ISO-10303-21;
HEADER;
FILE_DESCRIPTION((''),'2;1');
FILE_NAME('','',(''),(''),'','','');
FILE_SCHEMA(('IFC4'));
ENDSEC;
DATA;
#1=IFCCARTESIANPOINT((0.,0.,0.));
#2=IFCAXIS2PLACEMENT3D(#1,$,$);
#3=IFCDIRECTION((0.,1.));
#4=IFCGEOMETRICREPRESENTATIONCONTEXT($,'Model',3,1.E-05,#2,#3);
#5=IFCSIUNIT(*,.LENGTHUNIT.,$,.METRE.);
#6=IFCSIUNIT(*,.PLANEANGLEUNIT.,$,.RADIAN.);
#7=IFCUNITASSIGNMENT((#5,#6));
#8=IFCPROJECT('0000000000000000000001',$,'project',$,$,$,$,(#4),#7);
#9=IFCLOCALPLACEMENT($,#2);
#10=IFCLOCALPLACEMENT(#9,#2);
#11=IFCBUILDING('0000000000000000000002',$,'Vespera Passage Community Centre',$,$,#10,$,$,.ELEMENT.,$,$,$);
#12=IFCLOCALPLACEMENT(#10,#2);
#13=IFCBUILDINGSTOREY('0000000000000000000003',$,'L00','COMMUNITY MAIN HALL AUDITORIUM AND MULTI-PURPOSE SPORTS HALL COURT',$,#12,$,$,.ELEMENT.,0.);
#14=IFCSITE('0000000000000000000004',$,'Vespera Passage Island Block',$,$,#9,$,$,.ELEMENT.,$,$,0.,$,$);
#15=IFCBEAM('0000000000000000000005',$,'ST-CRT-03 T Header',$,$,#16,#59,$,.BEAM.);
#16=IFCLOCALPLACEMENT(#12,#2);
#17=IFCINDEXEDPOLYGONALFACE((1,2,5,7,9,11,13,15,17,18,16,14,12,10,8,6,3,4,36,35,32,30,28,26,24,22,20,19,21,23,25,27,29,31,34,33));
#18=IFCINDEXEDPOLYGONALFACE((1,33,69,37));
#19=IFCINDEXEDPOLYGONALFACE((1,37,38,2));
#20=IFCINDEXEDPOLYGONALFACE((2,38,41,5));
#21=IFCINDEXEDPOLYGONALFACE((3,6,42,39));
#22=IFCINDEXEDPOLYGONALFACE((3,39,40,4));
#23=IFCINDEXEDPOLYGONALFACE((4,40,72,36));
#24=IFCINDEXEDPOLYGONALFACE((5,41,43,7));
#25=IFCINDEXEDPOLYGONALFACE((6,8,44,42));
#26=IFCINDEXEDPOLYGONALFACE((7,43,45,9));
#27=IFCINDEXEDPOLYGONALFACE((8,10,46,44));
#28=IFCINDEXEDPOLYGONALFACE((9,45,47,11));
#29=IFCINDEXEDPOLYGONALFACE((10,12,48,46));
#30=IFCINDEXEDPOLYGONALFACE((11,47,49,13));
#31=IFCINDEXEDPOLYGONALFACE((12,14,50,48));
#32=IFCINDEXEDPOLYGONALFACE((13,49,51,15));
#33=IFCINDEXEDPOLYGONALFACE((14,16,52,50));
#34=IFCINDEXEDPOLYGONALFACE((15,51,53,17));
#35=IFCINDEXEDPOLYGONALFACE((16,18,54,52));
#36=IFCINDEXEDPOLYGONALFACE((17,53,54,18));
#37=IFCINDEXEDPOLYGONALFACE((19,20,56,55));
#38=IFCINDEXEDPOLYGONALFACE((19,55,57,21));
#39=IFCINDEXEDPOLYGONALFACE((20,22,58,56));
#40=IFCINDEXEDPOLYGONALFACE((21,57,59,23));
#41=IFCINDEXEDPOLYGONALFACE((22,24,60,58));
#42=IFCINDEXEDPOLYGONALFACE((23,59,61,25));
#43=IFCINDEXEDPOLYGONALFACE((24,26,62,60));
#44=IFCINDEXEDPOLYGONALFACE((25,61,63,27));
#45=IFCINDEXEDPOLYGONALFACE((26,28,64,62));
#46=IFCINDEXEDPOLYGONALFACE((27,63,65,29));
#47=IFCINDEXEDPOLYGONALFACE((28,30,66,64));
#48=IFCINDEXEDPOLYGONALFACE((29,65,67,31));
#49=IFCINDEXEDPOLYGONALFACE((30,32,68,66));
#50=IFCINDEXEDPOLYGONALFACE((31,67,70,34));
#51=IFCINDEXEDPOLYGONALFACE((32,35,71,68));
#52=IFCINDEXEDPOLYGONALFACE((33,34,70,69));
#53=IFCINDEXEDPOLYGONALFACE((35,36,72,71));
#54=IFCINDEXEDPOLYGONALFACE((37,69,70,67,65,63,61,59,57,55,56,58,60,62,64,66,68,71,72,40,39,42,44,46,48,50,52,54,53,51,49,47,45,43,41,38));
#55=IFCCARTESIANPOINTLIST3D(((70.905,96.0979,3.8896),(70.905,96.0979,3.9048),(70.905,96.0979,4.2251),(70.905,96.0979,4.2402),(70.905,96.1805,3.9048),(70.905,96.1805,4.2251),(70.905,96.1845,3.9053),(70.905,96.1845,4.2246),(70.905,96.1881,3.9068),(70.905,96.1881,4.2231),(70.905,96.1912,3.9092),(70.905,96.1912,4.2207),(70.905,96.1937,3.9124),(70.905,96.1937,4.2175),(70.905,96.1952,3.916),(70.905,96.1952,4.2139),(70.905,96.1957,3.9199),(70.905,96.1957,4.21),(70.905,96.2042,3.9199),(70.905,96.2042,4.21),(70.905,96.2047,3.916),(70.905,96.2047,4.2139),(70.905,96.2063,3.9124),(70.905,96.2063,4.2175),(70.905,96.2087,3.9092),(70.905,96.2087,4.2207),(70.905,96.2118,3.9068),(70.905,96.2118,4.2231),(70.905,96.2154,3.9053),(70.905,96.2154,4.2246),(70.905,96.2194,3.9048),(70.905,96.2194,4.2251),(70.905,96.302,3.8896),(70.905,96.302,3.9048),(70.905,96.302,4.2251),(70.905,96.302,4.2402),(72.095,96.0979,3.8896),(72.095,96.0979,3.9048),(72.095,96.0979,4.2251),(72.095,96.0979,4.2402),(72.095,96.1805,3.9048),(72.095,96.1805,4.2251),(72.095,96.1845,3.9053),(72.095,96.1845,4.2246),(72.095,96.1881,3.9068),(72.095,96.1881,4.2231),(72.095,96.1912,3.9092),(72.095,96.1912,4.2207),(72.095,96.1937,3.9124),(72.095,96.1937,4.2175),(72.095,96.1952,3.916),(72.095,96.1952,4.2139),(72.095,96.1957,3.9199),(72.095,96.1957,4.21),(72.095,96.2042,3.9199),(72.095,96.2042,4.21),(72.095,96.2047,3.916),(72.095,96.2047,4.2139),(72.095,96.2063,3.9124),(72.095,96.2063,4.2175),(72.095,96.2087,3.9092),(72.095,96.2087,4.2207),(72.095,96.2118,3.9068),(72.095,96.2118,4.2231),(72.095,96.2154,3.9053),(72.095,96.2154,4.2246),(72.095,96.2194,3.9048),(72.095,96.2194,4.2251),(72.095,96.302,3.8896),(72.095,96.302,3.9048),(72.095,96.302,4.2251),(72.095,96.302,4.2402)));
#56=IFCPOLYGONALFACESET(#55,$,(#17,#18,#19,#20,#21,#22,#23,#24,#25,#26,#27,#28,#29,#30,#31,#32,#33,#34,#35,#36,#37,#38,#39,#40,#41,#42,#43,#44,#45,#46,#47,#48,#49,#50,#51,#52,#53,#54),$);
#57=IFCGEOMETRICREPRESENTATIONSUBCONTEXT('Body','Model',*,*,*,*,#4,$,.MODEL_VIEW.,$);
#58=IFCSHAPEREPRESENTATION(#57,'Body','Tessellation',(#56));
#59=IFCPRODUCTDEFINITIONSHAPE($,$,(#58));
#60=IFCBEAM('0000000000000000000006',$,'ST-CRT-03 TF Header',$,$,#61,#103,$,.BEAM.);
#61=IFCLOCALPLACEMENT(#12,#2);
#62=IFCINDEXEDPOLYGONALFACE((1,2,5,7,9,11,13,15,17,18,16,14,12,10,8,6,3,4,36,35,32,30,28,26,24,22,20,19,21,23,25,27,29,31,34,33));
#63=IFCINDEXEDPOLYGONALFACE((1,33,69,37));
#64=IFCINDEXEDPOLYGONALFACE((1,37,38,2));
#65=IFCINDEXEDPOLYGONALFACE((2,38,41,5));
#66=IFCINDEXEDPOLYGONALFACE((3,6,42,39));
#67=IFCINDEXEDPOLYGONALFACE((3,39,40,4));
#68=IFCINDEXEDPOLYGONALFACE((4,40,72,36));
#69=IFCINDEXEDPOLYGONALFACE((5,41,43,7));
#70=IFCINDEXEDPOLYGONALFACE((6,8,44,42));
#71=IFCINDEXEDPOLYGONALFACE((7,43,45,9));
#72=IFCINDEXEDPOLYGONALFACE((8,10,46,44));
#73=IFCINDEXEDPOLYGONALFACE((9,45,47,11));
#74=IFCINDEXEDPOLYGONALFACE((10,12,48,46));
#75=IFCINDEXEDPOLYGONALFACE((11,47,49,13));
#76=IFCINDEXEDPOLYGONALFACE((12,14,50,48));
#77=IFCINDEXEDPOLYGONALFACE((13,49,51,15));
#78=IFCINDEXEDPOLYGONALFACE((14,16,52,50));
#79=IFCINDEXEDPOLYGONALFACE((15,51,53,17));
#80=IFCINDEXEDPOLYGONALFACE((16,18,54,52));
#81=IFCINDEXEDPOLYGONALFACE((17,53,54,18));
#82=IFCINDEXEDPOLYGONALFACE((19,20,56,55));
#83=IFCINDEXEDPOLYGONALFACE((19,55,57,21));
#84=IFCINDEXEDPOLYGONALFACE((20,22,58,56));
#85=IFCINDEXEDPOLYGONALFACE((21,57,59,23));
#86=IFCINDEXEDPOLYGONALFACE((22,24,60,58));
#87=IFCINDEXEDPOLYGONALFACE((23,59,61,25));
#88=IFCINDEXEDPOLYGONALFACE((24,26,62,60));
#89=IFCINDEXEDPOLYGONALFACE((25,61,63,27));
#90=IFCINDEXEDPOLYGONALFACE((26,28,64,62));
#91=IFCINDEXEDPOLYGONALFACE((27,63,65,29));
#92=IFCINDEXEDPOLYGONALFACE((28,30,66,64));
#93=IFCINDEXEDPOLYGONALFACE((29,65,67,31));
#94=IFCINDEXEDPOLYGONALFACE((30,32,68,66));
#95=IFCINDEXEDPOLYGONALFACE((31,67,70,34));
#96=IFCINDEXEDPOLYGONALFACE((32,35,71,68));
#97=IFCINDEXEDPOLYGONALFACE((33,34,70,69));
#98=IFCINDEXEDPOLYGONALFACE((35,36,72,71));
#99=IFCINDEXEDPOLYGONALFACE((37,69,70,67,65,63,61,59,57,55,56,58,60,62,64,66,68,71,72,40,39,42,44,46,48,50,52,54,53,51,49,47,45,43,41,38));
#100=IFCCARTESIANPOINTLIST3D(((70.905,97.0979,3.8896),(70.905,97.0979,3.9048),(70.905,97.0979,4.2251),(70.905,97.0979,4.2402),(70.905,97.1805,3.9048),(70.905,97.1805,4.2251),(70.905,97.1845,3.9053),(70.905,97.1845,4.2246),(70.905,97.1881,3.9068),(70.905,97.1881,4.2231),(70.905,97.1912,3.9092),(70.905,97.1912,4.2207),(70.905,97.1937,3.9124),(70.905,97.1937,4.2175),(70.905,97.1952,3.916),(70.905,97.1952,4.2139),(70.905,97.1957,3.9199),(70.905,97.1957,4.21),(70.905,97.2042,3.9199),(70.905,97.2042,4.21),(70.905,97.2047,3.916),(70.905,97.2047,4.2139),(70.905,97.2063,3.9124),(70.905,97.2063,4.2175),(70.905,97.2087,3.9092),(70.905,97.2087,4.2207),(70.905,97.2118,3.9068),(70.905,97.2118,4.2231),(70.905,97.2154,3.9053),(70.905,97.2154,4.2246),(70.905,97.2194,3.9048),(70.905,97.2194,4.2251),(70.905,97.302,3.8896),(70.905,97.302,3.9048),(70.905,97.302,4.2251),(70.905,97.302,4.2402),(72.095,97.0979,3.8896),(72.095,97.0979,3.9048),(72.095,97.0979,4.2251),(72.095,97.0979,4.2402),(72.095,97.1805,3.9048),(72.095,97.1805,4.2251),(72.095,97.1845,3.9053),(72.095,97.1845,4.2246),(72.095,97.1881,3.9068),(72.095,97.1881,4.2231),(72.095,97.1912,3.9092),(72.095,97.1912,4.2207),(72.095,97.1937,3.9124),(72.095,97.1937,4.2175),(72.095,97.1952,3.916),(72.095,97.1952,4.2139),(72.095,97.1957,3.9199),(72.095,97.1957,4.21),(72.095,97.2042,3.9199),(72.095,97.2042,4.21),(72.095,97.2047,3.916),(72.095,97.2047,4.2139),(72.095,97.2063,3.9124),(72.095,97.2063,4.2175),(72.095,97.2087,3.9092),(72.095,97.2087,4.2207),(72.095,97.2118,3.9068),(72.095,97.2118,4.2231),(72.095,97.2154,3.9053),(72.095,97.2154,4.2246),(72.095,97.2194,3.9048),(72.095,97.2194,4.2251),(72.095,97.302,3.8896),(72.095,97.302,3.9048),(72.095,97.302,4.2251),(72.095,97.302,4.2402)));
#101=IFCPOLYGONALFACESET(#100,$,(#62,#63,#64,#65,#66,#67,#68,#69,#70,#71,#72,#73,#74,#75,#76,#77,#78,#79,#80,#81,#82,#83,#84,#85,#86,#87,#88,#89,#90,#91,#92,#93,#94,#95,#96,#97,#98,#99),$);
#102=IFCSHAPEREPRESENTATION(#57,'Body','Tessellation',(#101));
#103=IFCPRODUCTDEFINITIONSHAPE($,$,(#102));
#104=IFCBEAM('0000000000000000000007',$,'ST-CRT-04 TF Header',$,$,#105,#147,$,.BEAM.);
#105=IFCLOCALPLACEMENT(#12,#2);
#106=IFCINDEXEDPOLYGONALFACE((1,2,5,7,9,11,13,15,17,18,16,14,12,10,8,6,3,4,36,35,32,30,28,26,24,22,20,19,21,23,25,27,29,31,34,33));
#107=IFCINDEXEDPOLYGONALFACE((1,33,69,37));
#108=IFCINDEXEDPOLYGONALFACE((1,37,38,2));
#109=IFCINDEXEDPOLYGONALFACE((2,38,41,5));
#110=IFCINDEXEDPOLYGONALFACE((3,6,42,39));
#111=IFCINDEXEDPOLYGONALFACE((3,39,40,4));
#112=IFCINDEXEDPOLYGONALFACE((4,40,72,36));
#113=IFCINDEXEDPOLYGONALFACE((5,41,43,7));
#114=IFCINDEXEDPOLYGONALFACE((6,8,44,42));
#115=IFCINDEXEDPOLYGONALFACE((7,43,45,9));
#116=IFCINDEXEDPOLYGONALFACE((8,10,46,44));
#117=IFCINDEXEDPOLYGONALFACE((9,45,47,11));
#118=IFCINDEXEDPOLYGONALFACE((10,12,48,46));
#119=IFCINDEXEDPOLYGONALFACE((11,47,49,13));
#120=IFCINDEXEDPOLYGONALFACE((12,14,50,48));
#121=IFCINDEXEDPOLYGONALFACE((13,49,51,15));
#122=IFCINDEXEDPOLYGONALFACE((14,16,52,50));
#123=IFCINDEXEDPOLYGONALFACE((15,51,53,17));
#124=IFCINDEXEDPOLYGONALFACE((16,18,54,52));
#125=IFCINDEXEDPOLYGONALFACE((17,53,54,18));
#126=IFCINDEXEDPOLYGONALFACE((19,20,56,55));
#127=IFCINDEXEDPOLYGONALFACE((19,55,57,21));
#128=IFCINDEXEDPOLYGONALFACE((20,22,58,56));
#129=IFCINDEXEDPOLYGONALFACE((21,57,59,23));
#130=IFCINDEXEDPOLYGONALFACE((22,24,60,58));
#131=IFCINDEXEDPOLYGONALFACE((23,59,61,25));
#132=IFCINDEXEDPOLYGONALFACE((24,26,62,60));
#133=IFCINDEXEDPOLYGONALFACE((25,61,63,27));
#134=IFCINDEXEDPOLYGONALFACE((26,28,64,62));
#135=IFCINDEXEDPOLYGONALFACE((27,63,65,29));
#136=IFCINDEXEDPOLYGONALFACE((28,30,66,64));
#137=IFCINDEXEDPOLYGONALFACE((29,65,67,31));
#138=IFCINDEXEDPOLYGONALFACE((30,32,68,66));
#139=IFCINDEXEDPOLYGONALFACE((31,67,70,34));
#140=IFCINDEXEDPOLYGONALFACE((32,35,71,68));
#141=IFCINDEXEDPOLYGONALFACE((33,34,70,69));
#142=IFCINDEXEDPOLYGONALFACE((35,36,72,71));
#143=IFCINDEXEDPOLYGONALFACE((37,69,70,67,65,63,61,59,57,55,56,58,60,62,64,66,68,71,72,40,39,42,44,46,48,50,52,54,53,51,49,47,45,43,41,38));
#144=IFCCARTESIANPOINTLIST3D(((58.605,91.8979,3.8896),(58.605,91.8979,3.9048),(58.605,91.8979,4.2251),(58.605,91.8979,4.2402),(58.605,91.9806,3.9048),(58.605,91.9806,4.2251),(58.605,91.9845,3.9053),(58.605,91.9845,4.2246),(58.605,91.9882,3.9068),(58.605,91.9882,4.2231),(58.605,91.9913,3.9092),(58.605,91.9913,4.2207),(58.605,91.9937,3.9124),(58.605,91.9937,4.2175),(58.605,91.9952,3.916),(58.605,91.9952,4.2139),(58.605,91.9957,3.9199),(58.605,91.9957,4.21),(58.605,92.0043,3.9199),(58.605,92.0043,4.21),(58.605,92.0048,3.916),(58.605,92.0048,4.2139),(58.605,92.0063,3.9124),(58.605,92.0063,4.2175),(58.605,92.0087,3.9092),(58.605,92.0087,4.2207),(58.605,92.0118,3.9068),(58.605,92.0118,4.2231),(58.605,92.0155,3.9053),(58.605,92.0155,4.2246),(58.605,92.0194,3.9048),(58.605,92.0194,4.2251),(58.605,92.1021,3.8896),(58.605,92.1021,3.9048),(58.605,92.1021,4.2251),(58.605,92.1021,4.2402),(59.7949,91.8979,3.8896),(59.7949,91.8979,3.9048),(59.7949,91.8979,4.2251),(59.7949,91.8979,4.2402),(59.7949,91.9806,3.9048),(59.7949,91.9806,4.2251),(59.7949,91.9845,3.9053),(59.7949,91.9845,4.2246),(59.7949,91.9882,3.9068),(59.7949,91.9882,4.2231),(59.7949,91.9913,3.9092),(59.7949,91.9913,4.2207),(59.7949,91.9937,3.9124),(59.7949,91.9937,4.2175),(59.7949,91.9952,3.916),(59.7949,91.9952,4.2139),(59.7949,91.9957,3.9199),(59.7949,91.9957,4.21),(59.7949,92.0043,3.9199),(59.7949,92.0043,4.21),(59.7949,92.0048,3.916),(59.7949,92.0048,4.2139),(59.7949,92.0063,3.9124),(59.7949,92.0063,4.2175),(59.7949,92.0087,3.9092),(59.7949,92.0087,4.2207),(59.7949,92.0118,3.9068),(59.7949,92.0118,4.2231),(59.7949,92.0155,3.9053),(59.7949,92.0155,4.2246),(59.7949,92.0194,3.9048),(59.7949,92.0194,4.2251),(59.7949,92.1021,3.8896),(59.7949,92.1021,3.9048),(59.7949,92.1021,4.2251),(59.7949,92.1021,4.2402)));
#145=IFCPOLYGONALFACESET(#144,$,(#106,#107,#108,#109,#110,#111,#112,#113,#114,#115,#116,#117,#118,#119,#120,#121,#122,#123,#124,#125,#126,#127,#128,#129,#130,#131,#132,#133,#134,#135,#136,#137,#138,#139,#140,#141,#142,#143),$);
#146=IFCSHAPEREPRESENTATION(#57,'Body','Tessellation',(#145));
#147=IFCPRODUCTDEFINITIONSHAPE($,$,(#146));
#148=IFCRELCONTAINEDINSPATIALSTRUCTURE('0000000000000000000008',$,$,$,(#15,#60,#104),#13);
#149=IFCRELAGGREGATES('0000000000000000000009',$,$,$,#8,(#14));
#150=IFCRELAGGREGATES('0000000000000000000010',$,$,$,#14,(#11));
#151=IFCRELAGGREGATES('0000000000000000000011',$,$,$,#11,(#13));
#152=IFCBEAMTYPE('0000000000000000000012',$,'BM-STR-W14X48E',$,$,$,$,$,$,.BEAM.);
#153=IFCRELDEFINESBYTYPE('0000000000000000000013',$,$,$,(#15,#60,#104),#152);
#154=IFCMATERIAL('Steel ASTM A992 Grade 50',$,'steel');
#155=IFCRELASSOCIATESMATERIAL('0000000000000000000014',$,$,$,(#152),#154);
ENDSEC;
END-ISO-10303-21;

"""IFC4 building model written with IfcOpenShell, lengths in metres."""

from ifc_helpers import new_model, si_unit, direction, frame, origin, origin_2d, place, context, subcontext, project, spatial, i_section, extrude, material, material_profile, profile_set, type_object, element, save


model = new_model("IFC4")

# Units and contexts
model_context = context("Model", 3, precision=1e-05, world=origin(), true_north=direction((0.0, 1.0)))
body_context = subcontext(model_context, "Body", "Model", "MODEL_VIEW")
ifc_project = project(units=[si_unit("LENGTHUNIT", "METRE"), si_unit("PLANEANGLEUNIT", "RADIAN")], contexts=[model_context])

# Site, building, storey
site_placement = place(None, origin())
site = spatial("IfcSite", under=ifc_project, at=site_placement, Name="Vespera Passage Island Block", CompositionType="ELEMENT", RefElevation=0.0)
building_placement = place(site_placement, origin())
building = spatial("IfcBuilding", under=site, at=building_placement, Name="Vespera Passage Community Centre", CompositionType="ELEMENT")
storey_placement = place(building_placement, origin())
storey = spatial("IfcBuildingStorey", under=building, at=storey_placement, Name="L00", Description="COMMUNITY MAIN HALL AUDITORIUM AND MULTI-PURPOSE SPORTS HALL COURT", CompositionType="ELEMENT", Elevation=0.0)

# Beams
ifc_material_1 = material(Name="Steel ASTM A992 Grade 50", Category="steel")
ifc_material_profile_1 = material_profile(ifc_material_1, i_section(OverallWidth=0.2041, OverallDepth=0.3506, WebThickness=0.0085, FlangeThickness=0.0151, FilletRadius=0.0151, at=origin_2d()), Name="W14X48")
ifc_profile_set_1 = profile_set([ifc_material_profile_1], Name="Steel ASTM A992 Grade 50")
beam_type_1 = type_object("IfcBeamType", Name="BM-STR-W14X48E", PredefinedType="BEAM", material=ifc_profile_set_1)
for number, where, z_axis, x_axis, name in (
    (1, (72.095, 96.2, 4.0649), (-1.0, 0.0, 0.0), (0.0, -1.0, 0.0), "ST-CRT-03 T Header"),
    (2, (72.095, 97.2, 4.0649), (-1.0, 0.0, 0.0), (0.0, -1.0, 0.0), "ST-CRT-03 TF Header"),
    (3, (59.7949, 92.0, 4.0649), (-1.0, 0.0, 0.0), (0.0, -1.0, 0.0), "ST-CRT-04 TF Header"),
):
    element("IfcBeam", number, at=place(storey_placement, frame(where, z_axis=z_axis, x_axis=x_axis)), inside=storey, type_object=beam_type_1, Name=name, PredefinedType="BEAM", context=body_context, shape_type="SweptSolid", body=[
        extrude(i_section(OverallWidth=0.2041, OverallDepth=0.3506, WebThickness=0.0085, FlangeThickness=0.0151, FilletRadius=0.0151, at=origin_2d()), origin(), (0.0, 0.0, 1.0), 1.1899),
    ])

save(model, "model.ifc")
